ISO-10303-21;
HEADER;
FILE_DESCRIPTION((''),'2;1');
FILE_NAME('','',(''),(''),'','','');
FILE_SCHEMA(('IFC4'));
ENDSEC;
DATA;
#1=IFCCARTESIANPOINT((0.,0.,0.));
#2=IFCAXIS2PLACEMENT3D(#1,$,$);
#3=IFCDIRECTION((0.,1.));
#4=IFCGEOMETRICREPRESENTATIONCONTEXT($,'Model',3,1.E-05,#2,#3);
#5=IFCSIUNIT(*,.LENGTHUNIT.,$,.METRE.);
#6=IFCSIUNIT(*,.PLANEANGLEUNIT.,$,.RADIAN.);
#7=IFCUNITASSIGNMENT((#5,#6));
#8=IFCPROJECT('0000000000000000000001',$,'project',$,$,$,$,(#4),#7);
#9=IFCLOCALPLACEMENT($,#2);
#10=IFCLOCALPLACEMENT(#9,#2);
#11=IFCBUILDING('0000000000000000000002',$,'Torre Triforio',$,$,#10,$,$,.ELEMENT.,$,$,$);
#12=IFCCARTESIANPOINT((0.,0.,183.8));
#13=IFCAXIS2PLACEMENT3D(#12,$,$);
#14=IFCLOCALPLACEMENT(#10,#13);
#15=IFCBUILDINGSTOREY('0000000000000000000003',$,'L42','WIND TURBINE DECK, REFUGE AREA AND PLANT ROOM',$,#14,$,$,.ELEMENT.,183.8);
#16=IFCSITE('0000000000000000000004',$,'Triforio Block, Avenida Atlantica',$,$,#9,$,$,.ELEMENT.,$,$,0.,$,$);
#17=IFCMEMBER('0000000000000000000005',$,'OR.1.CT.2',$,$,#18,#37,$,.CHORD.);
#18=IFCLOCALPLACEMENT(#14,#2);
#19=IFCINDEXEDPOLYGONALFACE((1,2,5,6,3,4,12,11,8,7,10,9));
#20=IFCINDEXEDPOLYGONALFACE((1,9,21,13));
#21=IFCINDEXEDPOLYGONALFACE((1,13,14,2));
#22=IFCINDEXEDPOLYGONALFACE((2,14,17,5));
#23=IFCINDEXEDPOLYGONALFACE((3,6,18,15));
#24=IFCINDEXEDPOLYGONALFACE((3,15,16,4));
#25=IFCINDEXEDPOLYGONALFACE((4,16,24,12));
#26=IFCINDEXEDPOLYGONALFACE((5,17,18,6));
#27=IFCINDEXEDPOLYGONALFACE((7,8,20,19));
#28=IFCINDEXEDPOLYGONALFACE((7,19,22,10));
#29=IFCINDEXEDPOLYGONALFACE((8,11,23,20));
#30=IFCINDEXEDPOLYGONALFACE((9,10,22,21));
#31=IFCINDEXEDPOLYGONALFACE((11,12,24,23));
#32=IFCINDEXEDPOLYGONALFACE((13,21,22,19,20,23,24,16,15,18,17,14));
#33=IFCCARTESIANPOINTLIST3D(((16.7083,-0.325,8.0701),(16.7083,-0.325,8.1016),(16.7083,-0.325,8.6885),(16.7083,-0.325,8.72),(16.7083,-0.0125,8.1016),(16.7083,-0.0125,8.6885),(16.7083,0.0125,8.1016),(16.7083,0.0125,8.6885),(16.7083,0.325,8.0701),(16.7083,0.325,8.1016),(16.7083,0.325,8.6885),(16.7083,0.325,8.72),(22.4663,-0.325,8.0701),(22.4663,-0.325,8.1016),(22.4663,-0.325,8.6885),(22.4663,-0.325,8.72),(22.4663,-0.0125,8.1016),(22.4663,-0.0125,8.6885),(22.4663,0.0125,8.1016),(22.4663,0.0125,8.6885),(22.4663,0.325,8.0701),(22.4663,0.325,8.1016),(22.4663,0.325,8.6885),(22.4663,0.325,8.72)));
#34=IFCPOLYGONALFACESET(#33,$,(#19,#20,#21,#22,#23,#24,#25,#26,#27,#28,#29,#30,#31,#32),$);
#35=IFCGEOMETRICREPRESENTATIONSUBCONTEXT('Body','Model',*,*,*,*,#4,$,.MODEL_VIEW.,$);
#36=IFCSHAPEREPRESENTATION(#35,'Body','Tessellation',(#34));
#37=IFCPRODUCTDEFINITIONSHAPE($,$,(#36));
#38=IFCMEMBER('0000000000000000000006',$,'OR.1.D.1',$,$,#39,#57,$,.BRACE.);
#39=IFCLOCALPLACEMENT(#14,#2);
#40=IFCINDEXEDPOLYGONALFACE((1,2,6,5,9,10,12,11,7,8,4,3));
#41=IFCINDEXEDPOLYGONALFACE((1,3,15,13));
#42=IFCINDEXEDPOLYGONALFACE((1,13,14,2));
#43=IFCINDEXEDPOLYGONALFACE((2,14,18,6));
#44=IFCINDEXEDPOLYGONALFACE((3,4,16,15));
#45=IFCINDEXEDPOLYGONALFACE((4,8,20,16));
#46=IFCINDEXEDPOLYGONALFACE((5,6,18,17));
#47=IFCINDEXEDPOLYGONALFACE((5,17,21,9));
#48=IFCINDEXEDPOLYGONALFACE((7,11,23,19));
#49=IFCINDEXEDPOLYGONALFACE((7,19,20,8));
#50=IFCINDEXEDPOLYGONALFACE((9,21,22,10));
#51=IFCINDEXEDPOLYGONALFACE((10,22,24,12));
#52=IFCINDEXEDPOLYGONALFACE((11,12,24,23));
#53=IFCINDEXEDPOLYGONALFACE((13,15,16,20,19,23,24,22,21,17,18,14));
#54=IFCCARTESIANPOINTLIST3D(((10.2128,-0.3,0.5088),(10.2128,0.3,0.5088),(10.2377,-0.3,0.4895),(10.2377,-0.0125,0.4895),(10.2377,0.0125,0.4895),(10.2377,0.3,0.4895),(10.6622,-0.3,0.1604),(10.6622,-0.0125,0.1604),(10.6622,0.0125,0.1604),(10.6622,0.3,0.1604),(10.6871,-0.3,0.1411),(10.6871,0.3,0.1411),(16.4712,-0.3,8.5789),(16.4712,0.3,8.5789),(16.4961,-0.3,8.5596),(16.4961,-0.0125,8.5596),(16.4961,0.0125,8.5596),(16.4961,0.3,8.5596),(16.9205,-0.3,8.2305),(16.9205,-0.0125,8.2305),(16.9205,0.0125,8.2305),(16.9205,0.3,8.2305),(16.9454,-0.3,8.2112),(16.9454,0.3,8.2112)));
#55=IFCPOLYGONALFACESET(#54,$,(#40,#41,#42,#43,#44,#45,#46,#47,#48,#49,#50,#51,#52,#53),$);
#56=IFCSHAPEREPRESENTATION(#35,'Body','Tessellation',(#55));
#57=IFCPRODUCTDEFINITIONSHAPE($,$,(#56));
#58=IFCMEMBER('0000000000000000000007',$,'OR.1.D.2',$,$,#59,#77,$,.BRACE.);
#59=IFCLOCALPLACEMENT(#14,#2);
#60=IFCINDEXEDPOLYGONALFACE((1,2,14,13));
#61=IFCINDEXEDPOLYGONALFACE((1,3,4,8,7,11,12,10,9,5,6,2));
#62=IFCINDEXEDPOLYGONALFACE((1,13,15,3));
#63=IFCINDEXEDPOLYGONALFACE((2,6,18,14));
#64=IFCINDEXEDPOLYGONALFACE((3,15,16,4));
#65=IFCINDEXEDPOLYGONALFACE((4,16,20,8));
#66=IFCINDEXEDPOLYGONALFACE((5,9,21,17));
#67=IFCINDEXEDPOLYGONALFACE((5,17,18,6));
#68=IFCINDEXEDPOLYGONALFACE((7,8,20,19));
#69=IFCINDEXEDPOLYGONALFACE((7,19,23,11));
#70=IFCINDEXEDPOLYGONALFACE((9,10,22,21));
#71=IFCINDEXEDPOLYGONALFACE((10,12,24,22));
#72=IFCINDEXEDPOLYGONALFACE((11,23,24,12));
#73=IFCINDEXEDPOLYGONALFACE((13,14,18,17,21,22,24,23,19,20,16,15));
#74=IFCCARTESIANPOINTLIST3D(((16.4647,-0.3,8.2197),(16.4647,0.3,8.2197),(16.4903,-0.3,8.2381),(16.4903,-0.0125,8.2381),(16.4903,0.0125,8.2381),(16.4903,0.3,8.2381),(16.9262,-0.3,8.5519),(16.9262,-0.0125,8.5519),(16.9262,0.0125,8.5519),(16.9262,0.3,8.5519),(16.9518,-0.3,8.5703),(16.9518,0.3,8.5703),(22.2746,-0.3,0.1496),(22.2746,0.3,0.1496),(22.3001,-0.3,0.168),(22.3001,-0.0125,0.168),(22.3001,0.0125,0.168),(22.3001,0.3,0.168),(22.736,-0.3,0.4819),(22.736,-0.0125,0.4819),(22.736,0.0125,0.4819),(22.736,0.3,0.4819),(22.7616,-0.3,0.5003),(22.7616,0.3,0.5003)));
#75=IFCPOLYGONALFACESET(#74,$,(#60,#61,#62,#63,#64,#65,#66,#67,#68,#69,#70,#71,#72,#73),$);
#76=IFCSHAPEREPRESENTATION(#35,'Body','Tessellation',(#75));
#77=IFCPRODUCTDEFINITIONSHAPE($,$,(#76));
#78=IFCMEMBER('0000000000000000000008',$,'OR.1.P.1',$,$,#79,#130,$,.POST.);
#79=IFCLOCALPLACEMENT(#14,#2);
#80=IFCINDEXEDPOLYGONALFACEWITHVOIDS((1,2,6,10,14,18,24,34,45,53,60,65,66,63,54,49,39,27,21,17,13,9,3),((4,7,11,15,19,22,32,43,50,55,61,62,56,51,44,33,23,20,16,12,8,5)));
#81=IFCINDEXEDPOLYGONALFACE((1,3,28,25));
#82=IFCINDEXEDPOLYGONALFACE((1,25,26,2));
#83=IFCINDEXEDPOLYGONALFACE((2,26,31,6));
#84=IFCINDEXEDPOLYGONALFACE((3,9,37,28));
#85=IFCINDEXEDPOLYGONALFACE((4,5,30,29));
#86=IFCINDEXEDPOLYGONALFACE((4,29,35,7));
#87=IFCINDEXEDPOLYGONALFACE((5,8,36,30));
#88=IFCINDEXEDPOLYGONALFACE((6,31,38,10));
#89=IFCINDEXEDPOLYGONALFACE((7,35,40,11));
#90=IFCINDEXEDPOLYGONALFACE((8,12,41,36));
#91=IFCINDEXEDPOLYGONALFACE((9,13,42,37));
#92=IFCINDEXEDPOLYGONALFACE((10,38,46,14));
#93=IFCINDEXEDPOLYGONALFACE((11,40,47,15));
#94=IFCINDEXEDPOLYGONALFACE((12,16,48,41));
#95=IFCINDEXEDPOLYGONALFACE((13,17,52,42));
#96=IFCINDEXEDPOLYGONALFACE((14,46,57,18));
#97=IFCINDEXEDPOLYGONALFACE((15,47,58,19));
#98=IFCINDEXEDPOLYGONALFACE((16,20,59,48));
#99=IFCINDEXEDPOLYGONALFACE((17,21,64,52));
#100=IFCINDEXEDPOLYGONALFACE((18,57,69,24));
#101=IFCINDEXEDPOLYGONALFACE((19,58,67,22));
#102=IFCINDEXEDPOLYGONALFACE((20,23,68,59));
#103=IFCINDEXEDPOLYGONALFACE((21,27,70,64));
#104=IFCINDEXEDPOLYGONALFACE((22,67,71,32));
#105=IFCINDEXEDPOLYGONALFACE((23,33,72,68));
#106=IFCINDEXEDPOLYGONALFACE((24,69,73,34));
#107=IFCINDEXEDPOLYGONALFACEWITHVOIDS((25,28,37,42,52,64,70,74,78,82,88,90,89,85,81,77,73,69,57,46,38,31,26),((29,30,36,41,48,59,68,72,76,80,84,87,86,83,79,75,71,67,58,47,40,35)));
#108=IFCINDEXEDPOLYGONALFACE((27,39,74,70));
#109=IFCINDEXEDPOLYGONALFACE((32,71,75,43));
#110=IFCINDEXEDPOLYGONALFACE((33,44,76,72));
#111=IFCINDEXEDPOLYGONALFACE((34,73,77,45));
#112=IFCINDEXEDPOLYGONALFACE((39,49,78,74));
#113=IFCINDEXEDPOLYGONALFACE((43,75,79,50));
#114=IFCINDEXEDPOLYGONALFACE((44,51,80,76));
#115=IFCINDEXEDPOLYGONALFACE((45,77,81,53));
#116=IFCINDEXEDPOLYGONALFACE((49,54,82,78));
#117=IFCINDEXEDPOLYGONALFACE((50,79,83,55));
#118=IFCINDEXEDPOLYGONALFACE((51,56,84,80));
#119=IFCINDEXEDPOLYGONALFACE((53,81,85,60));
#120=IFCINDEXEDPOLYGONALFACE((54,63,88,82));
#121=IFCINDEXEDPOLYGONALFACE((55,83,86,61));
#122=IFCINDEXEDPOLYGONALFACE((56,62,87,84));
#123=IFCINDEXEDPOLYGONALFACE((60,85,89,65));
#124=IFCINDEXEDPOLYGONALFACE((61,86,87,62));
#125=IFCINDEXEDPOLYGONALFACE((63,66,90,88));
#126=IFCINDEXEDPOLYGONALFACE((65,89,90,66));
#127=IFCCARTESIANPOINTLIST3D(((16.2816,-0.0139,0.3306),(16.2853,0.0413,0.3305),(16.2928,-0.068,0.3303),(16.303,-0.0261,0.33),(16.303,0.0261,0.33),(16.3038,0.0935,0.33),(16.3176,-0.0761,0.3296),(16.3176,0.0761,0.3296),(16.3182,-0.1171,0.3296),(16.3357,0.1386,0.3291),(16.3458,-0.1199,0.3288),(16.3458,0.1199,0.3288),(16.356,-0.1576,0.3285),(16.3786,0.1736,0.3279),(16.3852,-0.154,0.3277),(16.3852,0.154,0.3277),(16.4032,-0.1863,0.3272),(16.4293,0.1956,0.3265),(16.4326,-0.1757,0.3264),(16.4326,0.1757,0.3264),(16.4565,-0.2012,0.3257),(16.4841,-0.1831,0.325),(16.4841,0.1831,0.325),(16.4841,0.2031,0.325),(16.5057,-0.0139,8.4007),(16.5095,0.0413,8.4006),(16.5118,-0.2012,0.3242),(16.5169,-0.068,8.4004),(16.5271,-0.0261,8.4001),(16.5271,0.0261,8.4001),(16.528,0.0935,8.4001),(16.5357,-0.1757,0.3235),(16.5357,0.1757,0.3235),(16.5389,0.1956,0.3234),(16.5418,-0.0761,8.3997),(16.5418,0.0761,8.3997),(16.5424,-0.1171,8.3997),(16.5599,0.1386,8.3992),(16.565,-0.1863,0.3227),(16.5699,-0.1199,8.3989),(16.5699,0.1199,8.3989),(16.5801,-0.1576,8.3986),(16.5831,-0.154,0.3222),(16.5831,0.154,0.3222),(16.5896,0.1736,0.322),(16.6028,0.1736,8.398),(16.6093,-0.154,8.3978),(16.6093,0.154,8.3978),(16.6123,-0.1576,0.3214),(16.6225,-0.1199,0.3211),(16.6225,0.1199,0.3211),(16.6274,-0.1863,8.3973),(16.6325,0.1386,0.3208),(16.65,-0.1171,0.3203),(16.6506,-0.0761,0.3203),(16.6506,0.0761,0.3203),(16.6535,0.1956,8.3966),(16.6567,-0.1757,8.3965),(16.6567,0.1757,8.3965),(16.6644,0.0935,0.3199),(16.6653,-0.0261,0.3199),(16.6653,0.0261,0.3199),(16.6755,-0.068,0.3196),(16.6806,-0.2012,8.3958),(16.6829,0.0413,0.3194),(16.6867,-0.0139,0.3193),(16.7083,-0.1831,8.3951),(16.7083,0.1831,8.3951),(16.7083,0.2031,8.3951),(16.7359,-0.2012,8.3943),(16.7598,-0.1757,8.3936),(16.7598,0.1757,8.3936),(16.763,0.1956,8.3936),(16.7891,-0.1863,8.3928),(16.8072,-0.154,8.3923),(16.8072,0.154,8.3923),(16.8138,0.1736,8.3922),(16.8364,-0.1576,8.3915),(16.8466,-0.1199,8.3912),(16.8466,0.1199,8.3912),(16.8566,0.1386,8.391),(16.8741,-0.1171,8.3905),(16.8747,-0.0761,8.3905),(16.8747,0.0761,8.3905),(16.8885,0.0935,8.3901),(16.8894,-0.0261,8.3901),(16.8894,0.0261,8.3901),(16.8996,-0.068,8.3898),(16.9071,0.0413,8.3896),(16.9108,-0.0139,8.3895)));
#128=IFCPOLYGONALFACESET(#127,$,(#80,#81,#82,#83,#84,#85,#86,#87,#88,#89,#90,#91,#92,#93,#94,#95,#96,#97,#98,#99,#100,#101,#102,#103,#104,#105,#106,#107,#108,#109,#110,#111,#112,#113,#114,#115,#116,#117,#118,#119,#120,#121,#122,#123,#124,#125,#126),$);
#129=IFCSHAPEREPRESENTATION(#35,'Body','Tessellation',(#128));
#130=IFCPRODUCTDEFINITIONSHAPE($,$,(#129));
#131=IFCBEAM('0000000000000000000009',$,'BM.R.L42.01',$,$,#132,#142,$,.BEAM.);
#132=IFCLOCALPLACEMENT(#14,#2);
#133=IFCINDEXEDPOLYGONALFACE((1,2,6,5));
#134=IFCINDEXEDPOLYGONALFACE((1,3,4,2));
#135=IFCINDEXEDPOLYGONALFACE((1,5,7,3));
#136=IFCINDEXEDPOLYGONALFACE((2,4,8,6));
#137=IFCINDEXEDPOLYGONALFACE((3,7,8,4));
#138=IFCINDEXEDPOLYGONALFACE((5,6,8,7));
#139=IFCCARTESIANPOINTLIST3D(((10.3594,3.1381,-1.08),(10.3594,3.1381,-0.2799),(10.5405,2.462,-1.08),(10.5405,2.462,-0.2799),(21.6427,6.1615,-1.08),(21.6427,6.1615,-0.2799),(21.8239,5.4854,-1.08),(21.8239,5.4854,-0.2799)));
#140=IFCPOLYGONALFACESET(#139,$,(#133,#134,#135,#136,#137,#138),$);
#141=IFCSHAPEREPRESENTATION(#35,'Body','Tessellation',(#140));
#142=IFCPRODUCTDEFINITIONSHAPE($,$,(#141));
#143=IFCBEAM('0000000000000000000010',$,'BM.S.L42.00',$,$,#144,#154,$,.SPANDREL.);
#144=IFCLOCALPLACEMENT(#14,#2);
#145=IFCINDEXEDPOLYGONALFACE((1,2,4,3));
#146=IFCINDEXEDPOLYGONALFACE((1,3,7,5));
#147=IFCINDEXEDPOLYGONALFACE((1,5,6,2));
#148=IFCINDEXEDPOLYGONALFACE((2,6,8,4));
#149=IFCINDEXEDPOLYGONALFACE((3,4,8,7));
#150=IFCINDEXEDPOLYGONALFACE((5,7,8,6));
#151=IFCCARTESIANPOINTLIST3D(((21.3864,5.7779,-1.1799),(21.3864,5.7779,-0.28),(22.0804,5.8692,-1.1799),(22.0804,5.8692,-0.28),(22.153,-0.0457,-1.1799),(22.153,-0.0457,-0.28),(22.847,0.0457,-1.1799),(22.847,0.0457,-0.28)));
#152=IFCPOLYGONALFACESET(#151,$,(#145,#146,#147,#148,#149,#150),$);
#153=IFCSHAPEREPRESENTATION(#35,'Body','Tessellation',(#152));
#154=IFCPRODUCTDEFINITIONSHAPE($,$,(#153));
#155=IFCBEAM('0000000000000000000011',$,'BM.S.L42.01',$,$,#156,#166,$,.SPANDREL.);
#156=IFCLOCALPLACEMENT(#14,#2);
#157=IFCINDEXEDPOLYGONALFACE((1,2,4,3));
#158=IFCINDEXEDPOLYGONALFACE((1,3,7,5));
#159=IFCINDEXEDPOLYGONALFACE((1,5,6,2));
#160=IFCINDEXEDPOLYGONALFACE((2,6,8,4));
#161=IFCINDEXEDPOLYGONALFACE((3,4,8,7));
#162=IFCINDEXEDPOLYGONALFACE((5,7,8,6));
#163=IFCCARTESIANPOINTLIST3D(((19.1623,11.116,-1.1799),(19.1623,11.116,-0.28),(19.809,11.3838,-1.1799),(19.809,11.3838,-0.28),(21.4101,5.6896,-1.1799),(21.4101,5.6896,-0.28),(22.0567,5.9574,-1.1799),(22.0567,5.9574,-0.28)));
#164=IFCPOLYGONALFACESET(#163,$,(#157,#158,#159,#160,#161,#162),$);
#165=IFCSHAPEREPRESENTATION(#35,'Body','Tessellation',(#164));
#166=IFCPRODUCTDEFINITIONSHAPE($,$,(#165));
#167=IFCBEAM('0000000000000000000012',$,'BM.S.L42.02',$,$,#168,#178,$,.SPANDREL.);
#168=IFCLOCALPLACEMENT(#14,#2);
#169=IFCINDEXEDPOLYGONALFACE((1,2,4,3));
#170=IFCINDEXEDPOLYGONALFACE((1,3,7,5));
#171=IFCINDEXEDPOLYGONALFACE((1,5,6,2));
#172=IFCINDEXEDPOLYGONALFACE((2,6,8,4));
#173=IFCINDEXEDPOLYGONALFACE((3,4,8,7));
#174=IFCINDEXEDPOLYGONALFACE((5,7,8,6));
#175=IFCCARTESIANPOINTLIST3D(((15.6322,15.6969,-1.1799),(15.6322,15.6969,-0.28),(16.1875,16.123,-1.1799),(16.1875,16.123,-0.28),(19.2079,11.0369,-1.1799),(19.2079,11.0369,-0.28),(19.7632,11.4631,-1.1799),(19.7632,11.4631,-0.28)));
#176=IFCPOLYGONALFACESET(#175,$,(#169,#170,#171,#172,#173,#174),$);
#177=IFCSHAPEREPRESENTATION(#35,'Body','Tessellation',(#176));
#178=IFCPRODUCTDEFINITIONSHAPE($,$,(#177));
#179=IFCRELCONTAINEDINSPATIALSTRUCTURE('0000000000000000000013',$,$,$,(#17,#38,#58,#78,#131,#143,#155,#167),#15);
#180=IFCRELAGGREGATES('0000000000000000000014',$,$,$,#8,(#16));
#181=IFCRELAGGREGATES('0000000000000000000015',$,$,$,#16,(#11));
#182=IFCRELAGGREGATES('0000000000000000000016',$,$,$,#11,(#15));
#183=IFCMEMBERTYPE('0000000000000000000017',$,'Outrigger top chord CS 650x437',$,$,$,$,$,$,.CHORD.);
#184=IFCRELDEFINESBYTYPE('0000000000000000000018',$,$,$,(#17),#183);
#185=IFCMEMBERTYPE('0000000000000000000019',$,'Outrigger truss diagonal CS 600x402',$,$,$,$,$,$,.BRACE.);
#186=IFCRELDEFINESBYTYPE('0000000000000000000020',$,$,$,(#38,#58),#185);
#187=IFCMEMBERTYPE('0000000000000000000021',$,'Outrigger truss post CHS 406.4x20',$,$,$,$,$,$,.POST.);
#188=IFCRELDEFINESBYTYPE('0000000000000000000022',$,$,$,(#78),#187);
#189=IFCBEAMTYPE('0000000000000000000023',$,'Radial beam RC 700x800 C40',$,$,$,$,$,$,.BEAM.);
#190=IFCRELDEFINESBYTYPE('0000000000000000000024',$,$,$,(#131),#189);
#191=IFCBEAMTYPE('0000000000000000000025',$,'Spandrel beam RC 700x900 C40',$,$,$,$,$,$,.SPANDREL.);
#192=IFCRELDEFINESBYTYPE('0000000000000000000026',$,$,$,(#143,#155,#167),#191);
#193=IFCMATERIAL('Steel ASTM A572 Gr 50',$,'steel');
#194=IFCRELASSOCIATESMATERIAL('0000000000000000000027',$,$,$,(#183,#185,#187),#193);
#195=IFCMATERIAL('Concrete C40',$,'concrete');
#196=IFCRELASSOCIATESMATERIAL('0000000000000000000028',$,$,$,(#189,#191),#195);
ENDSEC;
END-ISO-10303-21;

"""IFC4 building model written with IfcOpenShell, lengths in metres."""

from ifc_helpers import new_model, si_unit, direction, frame, origin, origin_2d, place, context, subcontext, project, spatial, rectangle, hollow_circle, i_section, extrude, material, material_profile, profile_set, type_object, element, save


model = new_model("IFC4")

# Units and contexts
model_context = context("Model", 3, precision=1e-05, world=origin(), true_north=direction((0.0, 1.0)))
body_context = subcontext(model_context, "Body", "Model", "MODEL_VIEW")
ifc_project = project(units=[si_unit("LENGTHUNIT", "METRE"), si_unit("PLANEANGLEUNIT", "RADIAN")], contexts=[model_context])

# Site, building, storey
site_placement = place(None, origin())
site = spatial("IfcSite", under=ifc_project, at=site_placement, Name="Triforio Block, Avenida Atlantica", CompositionType="ELEMENT", RefElevation=0.0)
building_placement = place(site_placement, origin())
building = spatial("IfcBuilding", under=site, at=building_placement, Name="Torre Triforio", CompositionType="ELEMENT")
storey_placement = place(building_placement, frame((0.0, 0.0, 183.8)))
storey = spatial("IfcBuildingStorey", under=building, at=storey_placement, Name="L42", Description="WIND TURBINE DECK, REFUGE AREA AND PLANT ROOM", CompositionType="ELEMENT", Elevation=183.8)

# Members
ifc_material_1 = material(Name="Steel ASTM A572 Gr 50", Category="steel")
ifc_material_profile_1 = material_profile(ifc_material_1, i_section(OverallWidth=0.6499, OverallDepth=0.6499, WebThickness=0.0249, FlangeThickness=0.0315, at=origin_2d()), Name="CS 650x437")
ifc_profile_set_1 = profile_set([ifc_material_profile_1], Name="Steel ASTM A572 Gr 50")
member_type_1 = type_object("IfcMemberType", Name="Outrigger top chord CS 650x437", PredefinedType="CHORD", material=ifc_profile_set_1)
member_1_placement = place(storey_placement, frame((16.7083, 0.0, 8.395), z_axis=(1.0, 0.0, 0.0), x_axis=(0.0, 1.0, 0.0)))
element("IfcMember", 1, at=member_1_placement, inside=storey, type_object=member_type_1, Name="OR.1.CT.2", PredefinedType="CHORD", context=body_context, shape_type="SweptSolid", body=[
    extrude(i_section(OverallWidth=0.6499, OverallDepth=0.6499, WebThickness=0.0249, FlangeThickness=0.0315, at=origin_2d()), origin(), (0.0, 0.0, 1.0), 5.7581),
])
ifc_material_profile_2 = material_profile(ifc_material_1, i_section(OverallWidth=0.6001, OverallDepth=0.6001, WebThickness=0.0249, FlangeThickness=0.0315, at=origin_2d()), Name="CS 600x402")
ifc_profile_set_2 = profile_set([ifc_material_profile_2], Name="Steel ASTM A572 Gr 50")
member_type_2 = type_object("IfcMemberType", Name="Outrigger truss diagonal CS 600x402", PredefinedType="BRACE", material=ifc_profile_set_2)
member_2_placement = place(storey_placement, frame((10.45, 0.0, 0.325), z_axis=(0.612816, 0.0, 0.790225), x_axis=(0.0, 1.0, 0.0)))
element("IfcMember", 2, at=member_2_placement, inside=storey, type_object=member_type_2, Name="OR.1.D.1", PredefinedType="BRACE", context=body_context, shape_type="SweptSolid", body=[
    extrude(i_section(OverallWidth=0.6001, OverallDepth=0.6001, WebThickness=0.0249, FlangeThickness=0.0315, at=origin_2d()), origin(), (0.0, 0.0, 1.0), 10.2124),
])
member_3_placement = place(storey_placement, frame((16.7083, 0.0, 8.395), z_axis=(0.584263, 0.0, -0.811565), x_axis=(0.0, 1.0, 0.0)))
element("IfcMember", 3, at=member_3_placement, inside=storey, type_object=member_type_2, Name="OR.1.D.2", PredefinedType="BRACE", context=body_context, shape_type="SweptSolid", body=[
    extrude(i_section(OverallWidth=0.6001, OverallDepth=0.6001, WebThickness=0.0249, FlangeThickness=0.0315, at=origin_2d()), origin(), (0.0, 0.0, 1.0), 9.9438),
])
ifc_material_profile_3 = material_profile(ifc_material_1, hollow_circle(Radius=0.2031, WallThickness=0.02, at=origin_2d()), Name="CHS 406.4x20")
ifc_profile_set_3 = profile_set([ifc_material_profile_3], Name="Steel ASTM A572 Gr 50")
member_type_3 = type_object("IfcMemberType", Name="Outrigger truss post CHS 406.4x20", PredefinedType="POST", material=ifc_profile_set_3)
member_4_placement = place(storey_placement, frame((16.4841, 0.0, 0.325), z_axis=(0.027761, 0.0, 0.999615), x_axis=(0.0, 1.0, 0.0)))
element("IfcMember", 4, at=member_4_placement, inside=storey, type_object=member_type_3, Name="OR.1.P.1", PredefinedType="POST", context=body_context, shape_type="SweptSolid", body=[
    extrude(hollow_circle(Radius=0.2031, WallThickness=0.02, at=origin_2d()), origin(), (0.0, 0.0, 1.0), 8.0732),
])

# Beams
ifc_material_2 = material(Name="Concrete C40", Category="concrete")
ifc_material_profile_4 = material_profile(ifc_material_2, rectangle(XDim=0.7, YDim=0.8, at=origin_2d()), Name="RC 700x800")
ifc_profile_set_4 = profile_set([ifc_material_profile_4], Name="Concrete C40")
beam_type_1 = type_object("IfcBeamType", Name="Radial beam RC 700x800 C40", PredefinedType="BEAM", material=ifc_profile_set_4)
beam_1_placement = place(storey_placement, frame((10.45, 2.8, -0.6799), z_axis=(0.965925, 0.258823, 0.0), x_axis=(-0.258823, 0.965925, 0.0)))
element("IfcBeam", 5, at=beam_1_placement, inside=storey, type_object=beam_type_1, Name="BM.R.L42.01", PredefinedType="BEAM", context=body_context, shape_type="SweptSolid", body=[
    extrude(rectangle(XDim=0.7, YDim=0.8, at=origin_2d()), origin(), (0.0, 0.0, 1.0), 11.6814),
])
ifc_material_profile_5 = material_profile(ifc_material_2, rectangle(XDim=0.7, YDim=0.8999, at=origin_2d()), Name="RC 700x900")
ifc_profile_set_5 = profile_set([ifc_material_profile_5], Name="Concrete C40")
beam_type_2 = type_object("IfcBeamType", Name="Spandrel beam RC 700x900 C40", PredefinedType="SPANDREL", material=ifc_profile_set_5)
beam_2_placement = place(storey_placement, frame((22.5, 0.0, -0.73), z_axis=(-0.130514, 0.991447, 0.0), x_axis=(-0.991447, -0.130514, 0.0)))
element("IfcBeam", 6, at=beam_2_placement, inside=storey, type_object=beam_type_2, Name="BM.S.L42.00", PredefinedType="SPANDREL", context=body_context, shape_type="SweptSolid", body=[
    extrude(rectangle(XDim=0.7, YDim=0.8999, at=origin_2d()), origin(), (0.0, 0.0, 1.0), 5.8738),
])
beam_3_placement = place(storey_placement, frame((21.7334, 5.8235, -0.73), z_axis=(-0.382693, 0.923875, 0.0), x_axis=(-0.923875, -0.382693, 0.0)))
element("IfcBeam", 7, at=beam_3_placement, inside=storey, type_object=beam_type_2, Name="BM.S.L42.01", PredefinedType="SPANDREL", context=body_context, shape_type="SweptSolid", body=[
    extrude(rectangle(XDim=0.7, YDim=0.8999, at=origin_2d()), origin(), (0.0, 0.0, 1.0), 5.8735),
])
beam_4_placement = place(storey_placement, frame((19.4856, 11.25, -0.73), z_axis=(-0.608762, 0.793353, 0.0), x_axis=(-0.793353, -0.608762, 0.0)))
element("IfcBeam", 8, at=beam_4_placement, inside=storey, type_object=beam_type_2, Name="BM.S.L42.02", PredefinedType="SPANDREL", context=body_context, shape_type="SweptSolid", body=[
    extrude(rectangle(XDim=0.7, YDim=0.8999, at=origin_2d()), origin(), (0.0, 0.0, 1.0), 5.8738),
])

save(model, "model.ifc")
